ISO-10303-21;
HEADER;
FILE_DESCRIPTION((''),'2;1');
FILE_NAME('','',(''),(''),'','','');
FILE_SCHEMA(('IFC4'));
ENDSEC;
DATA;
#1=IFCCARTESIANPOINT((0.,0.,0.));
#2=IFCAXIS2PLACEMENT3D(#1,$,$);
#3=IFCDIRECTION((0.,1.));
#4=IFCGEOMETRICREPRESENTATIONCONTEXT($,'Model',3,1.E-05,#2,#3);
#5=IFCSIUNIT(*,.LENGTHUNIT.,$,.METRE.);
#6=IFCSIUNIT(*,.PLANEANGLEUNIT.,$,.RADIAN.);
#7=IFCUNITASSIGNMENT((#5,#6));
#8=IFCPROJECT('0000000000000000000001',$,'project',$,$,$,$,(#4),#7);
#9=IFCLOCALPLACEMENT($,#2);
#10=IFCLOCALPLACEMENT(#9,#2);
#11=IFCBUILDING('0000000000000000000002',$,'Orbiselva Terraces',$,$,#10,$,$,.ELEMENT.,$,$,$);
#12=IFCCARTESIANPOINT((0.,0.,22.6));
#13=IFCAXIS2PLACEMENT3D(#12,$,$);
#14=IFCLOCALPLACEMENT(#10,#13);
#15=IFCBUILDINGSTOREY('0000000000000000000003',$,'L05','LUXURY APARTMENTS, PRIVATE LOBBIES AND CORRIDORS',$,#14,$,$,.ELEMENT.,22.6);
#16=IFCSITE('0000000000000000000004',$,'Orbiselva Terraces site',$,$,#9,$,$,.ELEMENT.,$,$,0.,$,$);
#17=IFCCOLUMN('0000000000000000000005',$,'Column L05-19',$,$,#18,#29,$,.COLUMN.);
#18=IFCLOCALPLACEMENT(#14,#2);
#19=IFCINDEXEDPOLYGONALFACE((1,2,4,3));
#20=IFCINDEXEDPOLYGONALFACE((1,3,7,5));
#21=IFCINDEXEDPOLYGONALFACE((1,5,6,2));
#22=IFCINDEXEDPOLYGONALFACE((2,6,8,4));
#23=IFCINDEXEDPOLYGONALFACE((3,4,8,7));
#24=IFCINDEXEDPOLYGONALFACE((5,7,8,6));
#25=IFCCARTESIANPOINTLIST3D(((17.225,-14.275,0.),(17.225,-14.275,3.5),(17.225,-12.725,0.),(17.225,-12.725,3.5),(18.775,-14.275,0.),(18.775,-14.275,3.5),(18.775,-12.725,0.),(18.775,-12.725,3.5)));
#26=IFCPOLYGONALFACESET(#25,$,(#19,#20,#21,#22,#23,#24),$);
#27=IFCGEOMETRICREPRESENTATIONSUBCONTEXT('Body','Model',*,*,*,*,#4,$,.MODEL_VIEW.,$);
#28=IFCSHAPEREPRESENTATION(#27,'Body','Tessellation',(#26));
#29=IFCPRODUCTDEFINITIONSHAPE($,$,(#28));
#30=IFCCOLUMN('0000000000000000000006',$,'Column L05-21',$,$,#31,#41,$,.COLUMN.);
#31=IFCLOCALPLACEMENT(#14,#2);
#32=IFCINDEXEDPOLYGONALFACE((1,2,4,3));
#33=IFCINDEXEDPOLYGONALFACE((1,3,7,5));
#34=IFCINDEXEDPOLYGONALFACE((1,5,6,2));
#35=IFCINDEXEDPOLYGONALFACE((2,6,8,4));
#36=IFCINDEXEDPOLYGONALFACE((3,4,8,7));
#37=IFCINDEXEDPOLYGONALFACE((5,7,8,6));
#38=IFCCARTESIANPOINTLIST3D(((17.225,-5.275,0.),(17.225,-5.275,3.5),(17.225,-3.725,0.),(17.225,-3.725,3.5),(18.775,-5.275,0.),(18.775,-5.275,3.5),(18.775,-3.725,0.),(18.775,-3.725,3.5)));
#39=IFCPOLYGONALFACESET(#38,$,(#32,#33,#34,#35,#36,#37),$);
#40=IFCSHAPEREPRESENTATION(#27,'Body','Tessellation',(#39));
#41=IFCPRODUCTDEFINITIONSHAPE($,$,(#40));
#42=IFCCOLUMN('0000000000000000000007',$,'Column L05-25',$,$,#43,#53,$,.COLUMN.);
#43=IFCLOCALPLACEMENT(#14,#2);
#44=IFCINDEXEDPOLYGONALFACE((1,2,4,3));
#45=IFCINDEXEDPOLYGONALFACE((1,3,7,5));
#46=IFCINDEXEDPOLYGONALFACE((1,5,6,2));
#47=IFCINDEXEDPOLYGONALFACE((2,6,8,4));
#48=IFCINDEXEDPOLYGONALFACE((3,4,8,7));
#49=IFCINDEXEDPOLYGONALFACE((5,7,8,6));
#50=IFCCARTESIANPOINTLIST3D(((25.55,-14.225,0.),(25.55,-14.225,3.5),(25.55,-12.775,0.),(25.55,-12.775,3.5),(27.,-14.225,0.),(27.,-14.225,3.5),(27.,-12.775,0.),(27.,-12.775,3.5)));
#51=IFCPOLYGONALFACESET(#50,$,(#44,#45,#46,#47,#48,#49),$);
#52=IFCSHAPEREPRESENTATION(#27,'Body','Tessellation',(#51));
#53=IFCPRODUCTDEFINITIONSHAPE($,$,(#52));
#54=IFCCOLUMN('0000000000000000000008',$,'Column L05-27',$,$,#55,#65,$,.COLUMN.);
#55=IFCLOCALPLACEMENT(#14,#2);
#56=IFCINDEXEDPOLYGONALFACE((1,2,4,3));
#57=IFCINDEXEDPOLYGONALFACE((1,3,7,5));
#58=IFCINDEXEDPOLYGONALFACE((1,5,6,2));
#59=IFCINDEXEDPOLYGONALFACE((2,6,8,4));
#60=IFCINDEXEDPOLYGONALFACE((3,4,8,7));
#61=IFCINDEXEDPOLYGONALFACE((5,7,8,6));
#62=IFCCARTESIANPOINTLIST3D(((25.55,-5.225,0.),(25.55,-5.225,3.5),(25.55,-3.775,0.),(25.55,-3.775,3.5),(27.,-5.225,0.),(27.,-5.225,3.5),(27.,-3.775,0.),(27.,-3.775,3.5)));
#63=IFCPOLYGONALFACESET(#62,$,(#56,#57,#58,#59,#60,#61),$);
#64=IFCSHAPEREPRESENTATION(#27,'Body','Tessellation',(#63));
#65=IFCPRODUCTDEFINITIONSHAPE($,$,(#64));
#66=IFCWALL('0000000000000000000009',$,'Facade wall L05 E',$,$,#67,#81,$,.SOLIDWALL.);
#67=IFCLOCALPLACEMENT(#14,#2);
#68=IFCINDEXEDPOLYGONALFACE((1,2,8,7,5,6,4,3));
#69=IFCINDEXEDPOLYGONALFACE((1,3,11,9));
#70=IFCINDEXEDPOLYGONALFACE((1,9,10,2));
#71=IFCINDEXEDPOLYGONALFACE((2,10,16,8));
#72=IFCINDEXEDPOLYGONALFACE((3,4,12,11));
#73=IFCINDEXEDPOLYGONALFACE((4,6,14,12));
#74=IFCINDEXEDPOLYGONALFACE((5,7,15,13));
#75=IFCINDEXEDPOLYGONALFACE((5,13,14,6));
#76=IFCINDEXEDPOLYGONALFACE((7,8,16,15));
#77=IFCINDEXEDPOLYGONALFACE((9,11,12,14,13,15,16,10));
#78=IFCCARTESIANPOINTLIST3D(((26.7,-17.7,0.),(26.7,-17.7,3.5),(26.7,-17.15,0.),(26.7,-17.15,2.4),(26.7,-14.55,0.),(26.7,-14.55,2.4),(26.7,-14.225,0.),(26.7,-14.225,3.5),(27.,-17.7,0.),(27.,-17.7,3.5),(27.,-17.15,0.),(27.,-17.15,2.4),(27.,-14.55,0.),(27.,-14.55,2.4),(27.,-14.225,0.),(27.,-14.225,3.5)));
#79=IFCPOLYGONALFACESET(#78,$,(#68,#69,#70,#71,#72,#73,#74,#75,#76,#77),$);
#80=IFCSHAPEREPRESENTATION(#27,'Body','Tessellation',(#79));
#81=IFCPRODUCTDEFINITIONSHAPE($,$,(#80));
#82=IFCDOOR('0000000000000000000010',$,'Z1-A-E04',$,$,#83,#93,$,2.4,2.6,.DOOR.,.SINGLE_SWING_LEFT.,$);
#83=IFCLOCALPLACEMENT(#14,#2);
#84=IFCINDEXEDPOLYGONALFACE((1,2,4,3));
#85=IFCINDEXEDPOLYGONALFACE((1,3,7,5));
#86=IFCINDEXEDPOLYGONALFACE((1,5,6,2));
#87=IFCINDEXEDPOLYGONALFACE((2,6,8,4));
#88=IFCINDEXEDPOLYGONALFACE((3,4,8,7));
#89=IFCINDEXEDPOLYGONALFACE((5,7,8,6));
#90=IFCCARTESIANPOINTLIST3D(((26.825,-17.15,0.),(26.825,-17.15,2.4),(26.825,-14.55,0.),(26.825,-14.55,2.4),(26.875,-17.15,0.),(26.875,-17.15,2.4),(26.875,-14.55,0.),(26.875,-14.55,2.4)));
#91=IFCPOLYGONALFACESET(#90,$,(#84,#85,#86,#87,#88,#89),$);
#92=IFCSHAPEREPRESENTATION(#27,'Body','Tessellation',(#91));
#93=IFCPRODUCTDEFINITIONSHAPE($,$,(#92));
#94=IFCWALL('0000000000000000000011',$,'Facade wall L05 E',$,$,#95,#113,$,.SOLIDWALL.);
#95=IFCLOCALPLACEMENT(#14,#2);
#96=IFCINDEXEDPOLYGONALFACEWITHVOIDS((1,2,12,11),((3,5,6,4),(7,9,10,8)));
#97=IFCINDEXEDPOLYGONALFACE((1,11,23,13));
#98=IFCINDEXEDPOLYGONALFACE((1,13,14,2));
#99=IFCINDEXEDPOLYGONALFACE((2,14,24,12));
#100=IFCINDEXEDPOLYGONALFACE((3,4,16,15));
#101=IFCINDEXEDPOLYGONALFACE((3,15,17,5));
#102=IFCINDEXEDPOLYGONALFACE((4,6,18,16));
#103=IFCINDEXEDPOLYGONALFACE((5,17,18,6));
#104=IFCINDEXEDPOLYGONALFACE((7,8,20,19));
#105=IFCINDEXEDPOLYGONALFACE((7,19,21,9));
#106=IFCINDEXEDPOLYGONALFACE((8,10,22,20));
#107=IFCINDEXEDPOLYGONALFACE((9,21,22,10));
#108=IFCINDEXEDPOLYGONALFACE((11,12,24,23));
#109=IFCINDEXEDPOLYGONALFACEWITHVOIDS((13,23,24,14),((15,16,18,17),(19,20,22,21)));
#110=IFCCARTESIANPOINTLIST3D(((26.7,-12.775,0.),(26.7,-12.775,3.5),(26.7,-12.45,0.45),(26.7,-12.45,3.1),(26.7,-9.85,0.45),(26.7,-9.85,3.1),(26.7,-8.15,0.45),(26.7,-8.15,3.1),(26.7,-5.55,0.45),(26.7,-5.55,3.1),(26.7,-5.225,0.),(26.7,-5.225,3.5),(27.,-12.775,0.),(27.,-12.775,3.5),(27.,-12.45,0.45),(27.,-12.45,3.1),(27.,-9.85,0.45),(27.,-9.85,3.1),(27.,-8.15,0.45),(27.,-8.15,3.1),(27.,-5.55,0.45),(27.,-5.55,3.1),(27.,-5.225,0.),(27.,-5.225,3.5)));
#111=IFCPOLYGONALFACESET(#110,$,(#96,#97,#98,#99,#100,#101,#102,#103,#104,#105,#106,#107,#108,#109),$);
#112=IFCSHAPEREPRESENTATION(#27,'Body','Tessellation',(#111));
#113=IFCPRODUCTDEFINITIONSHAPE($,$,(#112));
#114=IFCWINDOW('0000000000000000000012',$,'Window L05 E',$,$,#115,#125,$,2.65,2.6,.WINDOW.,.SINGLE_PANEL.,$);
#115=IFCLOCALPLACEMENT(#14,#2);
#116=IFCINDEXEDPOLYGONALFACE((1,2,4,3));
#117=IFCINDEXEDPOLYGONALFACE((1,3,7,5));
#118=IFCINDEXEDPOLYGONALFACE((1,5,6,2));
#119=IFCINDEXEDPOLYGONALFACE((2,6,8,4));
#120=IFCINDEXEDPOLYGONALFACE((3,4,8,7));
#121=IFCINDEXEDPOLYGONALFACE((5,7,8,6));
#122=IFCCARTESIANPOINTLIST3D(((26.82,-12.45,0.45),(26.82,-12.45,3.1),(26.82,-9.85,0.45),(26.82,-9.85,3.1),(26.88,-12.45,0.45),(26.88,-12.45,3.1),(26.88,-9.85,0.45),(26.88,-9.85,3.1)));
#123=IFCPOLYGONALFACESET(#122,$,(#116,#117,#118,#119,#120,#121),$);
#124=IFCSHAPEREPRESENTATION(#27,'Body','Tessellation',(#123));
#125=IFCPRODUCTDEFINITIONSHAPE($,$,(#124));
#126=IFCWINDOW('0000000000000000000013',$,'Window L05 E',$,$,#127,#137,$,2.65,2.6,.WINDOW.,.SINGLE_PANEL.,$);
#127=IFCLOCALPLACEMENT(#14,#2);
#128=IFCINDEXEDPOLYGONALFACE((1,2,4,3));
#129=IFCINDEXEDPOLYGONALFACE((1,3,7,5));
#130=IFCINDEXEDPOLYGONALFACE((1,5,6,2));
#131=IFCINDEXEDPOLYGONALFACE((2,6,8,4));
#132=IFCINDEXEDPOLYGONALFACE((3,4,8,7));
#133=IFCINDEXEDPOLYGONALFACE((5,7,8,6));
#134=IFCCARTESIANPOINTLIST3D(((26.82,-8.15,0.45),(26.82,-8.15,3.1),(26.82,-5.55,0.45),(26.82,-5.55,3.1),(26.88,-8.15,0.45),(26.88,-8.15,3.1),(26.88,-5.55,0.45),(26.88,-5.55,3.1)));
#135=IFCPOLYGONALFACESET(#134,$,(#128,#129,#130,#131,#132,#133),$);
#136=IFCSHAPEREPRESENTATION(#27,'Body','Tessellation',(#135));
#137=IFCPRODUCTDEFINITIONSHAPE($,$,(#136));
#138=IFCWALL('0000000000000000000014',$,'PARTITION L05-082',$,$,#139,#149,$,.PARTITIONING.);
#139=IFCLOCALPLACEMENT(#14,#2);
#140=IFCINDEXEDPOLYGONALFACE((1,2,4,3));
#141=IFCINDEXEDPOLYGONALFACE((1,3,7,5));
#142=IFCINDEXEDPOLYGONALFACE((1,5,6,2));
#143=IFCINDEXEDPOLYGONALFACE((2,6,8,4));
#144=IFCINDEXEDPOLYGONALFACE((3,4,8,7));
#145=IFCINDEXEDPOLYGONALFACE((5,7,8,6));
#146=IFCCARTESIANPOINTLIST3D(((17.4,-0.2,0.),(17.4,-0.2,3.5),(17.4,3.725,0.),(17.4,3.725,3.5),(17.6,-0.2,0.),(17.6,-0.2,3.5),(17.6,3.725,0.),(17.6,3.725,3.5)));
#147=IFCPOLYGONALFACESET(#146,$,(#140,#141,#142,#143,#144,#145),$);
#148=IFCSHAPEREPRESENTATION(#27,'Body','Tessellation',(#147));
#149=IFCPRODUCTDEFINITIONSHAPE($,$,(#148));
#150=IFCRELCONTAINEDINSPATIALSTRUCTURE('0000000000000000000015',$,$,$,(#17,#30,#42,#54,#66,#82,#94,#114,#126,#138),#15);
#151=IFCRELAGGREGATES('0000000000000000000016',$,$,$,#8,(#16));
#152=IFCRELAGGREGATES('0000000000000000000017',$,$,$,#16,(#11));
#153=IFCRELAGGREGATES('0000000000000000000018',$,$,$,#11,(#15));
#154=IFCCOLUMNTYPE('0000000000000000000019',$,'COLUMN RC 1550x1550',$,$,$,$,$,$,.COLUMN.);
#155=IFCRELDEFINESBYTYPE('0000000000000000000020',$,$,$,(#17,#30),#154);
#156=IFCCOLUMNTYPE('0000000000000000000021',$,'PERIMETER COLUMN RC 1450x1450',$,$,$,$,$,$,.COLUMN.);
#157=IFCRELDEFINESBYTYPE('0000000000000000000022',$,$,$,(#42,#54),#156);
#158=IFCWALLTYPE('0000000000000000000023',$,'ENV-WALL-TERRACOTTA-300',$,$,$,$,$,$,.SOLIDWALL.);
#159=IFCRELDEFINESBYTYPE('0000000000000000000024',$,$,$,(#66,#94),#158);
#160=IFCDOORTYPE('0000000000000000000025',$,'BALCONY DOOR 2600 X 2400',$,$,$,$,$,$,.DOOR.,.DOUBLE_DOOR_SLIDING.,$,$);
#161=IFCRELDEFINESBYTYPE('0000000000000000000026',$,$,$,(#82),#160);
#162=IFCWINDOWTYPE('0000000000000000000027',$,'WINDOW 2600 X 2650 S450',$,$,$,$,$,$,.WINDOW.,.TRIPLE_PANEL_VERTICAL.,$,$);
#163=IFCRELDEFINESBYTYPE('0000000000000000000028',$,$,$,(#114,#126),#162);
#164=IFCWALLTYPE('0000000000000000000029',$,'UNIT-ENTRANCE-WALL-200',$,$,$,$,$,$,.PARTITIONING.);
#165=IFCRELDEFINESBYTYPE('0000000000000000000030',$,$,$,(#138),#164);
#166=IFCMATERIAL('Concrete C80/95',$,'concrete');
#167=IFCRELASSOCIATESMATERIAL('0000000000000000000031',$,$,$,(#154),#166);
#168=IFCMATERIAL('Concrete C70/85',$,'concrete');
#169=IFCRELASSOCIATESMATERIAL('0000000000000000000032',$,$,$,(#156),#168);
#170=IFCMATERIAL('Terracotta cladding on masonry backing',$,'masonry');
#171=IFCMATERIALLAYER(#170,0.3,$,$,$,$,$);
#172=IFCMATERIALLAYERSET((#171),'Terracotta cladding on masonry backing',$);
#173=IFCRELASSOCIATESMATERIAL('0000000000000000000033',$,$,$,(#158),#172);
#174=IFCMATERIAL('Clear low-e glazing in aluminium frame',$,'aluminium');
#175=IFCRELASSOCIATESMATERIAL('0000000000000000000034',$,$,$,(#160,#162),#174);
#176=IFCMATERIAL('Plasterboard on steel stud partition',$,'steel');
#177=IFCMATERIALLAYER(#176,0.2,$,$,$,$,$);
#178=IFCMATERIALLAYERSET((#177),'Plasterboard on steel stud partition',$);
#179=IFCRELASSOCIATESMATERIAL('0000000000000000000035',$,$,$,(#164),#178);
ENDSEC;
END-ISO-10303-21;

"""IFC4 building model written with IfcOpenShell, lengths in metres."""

from ifc_helpers import new_model, si_unit, direction, frame, frame_2d, origin, origin_2d, place, context, subcontext, project, spatial, rectangle, extrude, material, layer, layer_set, material_profile, profile_set, type_object, element, fill, save


model = new_model("IFC4")

# Units and contexts
model_context = context("Model", 3, precision=1e-05, world=origin(), true_north=direction((0.0, 1.0)))
body_context = subcontext(model_context, "Body", "Model", "MODEL_VIEW")
ifc_project = project(units=[si_unit("LENGTHUNIT", "METRE"), si_unit("PLANEANGLEUNIT", "RADIAN")], contexts=[model_context])

# Site, building, storey
site_placement = place(None, origin())
site = spatial("IfcSite", under=ifc_project, at=site_placement, Name="Orbiselva Terraces site", CompositionType="ELEMENT", RefElevation=0.0)
building_placement = place(site_placement, origin())
building = spatial("IfcBuilding", under=site, at=building_placement, Name="Orbiselva Terraces", CompositionType="ELEMENT")
storey_placement = place(building_placement, frame((0.0, 0.0, 22.6)))
storey = spatial("IfcBuildingStorey", under=building, at=storey_placement, Name="L05", Description="LUXURY APARTMENTS, PRIVATE LOBBIES AND CORRIDORS", CompositionType="ELEMENT", Elevation=22.6)

# Columns
ifc_material_1 = material(Name="Concrete C80/95", Category="concrete")
ifc_material_profile_1 = material_profile(ifc_material_1, rectangle(XDim=1.55, YDim=1.55, at=origin_2d()), Name="RC 1550x1550")
ifc_profile_set_1 = profile_set([ifc_material_profile_1], Name="Concrete C80/95")
column_type_1 = type_object("IfcColumnType", Name="COLUMN RC 1550x1550", PredefinedType="COLUMN", material=ifc_profile_set_1)
for number, where, z_axis, x_axis, name in (
    (1, (18.0, -13.5, 0.0), (0.0, 0.0, 1.0), (1.0, 0.0, 0.0), "Column L05-19"),
    (2, (18.0, -4.5, 0.0), (0.0, 0.0, 1.0), (1.0, 0.0, 0.0), "Column L05-21"),
):
    element("IfcColumn", number, at=place(storey_placement, frame(where, z_axis=z_axis, x_axis=x_axis)), inside=storey, type_object=column_type_1, Name=name, PredefinedType="COLUMN", context=body_context, shape_type="SweptSolid", body=[
        extrude(rectangle(XDim=1.55, YDim=1.55, at=origin_2d()), origin(), (0.0, 0.0, 1.0), 3.5),
    ])
ifc_material_2 = material(Name="Concrete C70/85", Category="concrete")
ifc_material_profile_2 = material_profile(ifc_material_2, rectangle(XDim=1.45, YDim=1.45, at=origin_2d()), Name="RC 1450x1450")
ifc_profile_set_2 = profile_set([ifc_material_profile_2], Name="Concrete C70/85")
column_type_2 = type_object("IfcColumnType", Name="PERIMETER COLUMN RC 1450x1450", PredefinedType="COLUMN", material=ifc_profile_set_2)
for number, where, z_axis, x_axis, name in (
    (3, (26.275, -13.5, 0.0), (0.0, 0.0, 1.0), (1.0, 0.0, 0.0), "Column L05-25"),
    (4, (26.275, -4.5, 0.0), (0.0, 0.0, 1.0), (1.0, 0.0, 0.0), "Column L05-27"),
):
    element("IfcColumn", number, at=place(storey_placement, frame(where, z_axis=z_axis, x_axis=x_axis)), inside=storey, type_object=column_type_2, Name=name, PredefinedType="COLUMN", context=body_context, shape_type="SweptSolid", body=[
        extrude(rectangle(XDim=1.45, YDim=1.45, at=origin_2d()), origin(), (0.0, 0.0, 1.0), 3.5),
    ])

# Wall, opening, door
ifc_material_3 = material(Name="Terracotta cladding on masonry backing", Category="masonry")
ifc_layer_1 = layer(ifc_material_3, 0.3)
ifc_layer_set_1 = layer_set([ifc_layer_1], Name="Terracotta cladding on masonry backing")
wall_type_1 = type_object("IfcWallType", Name="ENV-WALL-TERRACOTTA-300", PredefinedType="SOLIDWALL", material=ifc_layer_set_1)
wall_1_placement = place(storey_placement, frame((26.85, -14.225, 0.0), z_axis=(0.0, 0.0, 1.0), x_axis=(0.0, -1.0, 0.0)))
wall_1 = element("IfcWall", 5, at=wall_1_placement, inside=storey, type_object=wall_type_1, Name="Facade wall L05 E", PredefinedType="SOLIDWALL", context=body_context, shape_type="SweptSolid", body=[
    extrude(rectangle(XDim=3.475, YDim=0.3, at=frame_2d((1.7375, 0.0))), origin(), (0.0, 0.0, 1.0), 3.5),
])
opening_1_placement = place(wall_1_placement, frame((0.325, 0.0, 0.0)))
opening_1 = element("IfcOpeningElement", 6, at=opening_1_placement, cuts=wall_1, PredefinedType="OPENING", context=body_context, shape_type="SweptSolid", body=[
    extrude(rectangle(XDim=2.6, YDim=2.4, at=frame_2d((1.3, 1.2))), frame((0.0, 0.16, 0.0), z_axis=(0.0, -1.0, 0.0), x_axis=(1.0, 0.0, 0.0)), (0.0, 0.0, 1.0), 0.32),
])
ifc_material_4 = material(Name="Clear low-e glazing in aluminium frame", Category="aluminium")
door_type_1 = type_object("IfcDoorType", Name="BALCONY DOOR 2600 X 2400", OperationType="DOUBLE_DOOR_SLIDING", PredefinedType="DOOR", material=ifc_material_4)
door_1_placement = place(opening_1_placement, origin())
door_1 = element("IfcDoor", 7, at=door_1_placement, inside=storey, type_object=door_type_1, Name="Z1-A-E04", OperationType="SINGLE_SWING_LEFT", OverallHeight=2.4, OverallWidth=2.6, PredefinedType="DOOR", context=body_context, shape_type="SweptSolid", body=[
    extrude(rectangle(XDim=2.6, YDim=2.4, at=frame_2d((1.3, 1.2))), frame((0.0, 0.025, 0.0), z_axis=(0.0, -1.0, 0.0), x_axis=(1.0, 0.0, 0.0)), (0.0, 0.0, 1.0), 0.05),
])
fill(opening_1, door_1)

# Wall, openings, windows
wall_2_placement = place(storey_placement, frame((26.85, -5.225, 0.0), z_axis=(0.0, 0.0, 1.0), x_axis=(0.0, -1.0, 0.0)))
wall_2 = element("IfcWall", 8, at=wall_2_placement, inside=storey, type_object=wall_type_1, Name="Facade wall L05 E", PredefinedType="SOLIDWALL", context=body_context, shape_type="SweptSolid", body=[
    extrude(rectangle(XDim=7.55, YDim=0.3, at=frame_2d((3.775, 0.0))), origin(), (0.0, 0.0, 1.0), 3.5),
])
opening_2_placement = place(wall_2_placement, frame((4.625, 0.0, 0.45)))
opening_2 = element("IfcOpeningElement", 9, at=opening_2_placement, cuts=wall_2, PredefinedType="OPENING", context=body_context, shape_type="SweptSolid", body=[
    extrude(rectangle(XDim=2.6, YDim=2.65, at=frame_2d((1.3, 1.325))), frame((0.0, 0.16, 0.0), z_axis=(0.0, -1.0, 0.0), x_axis=(1.0, 0.0, 0.0)), (0.0, 0.0, 1.0), 0.32),
])
opening_3_placement = place(wall_2_placement, frame((0.325, 0.0, 0.45)))
opening_3 = element("IfcOpeningElement", 10, at=opening_3_placement, cuts=wall_2, PredefinedType="OPENING", context=body_context, shape_type="SweptSolid", body=[
    extrude(rectangle(XDim=2.6, YDim=2.65, at=frame_2d((1.3, 1.325))), frame((0.0, 0.16, 0.0), z_axis=(0.0, -1.0, 0.0), x_axis=(1.0, 0.0, 0.0)), (0.0, 0.0, 1.0), 0.32),
])
window_type = type_object("IfcWindowType", Name="WINDOW 2600 X 2650 S450", PartitioningType="TRIPLE_PANEL_VERTICAL", PredefinedType="WINDOW", material=ifc_material_4)
window_1_placement = place(opening_2_placement, origin())
window_1 = element("IfcWindow", 11, at=window_1_placement, inside=storey, type_object=window_type, Name="Window L05 E", OverallHeight=2.65, OverallWidth=2.6, PartitioningType="SINGLE_PANEL", PredefinedType="WINDOW", context=body_context, shape_type="SweptSolid", body=[
    extrude(rectangle(XDim=2.6, YDim=2.65, at=frame_2d((1.3, 1.325))), frame((0.0, 0.03, 0.0), z_axis=(0.0, -1.0, 0.0), x_axis=(1.0, 0.0, 0.0)), (0.0, 0.0, 1.0), 0.06),
])
fill(opening_2, window_1)
window_2_placement = place(opening_3_placement, origin())
window_2 = element("IfcWindow", 12, at=window_2_placement, inside=storey, type_object=window_type, Name="Window L05 E", OverallHeight=2.65, OverallWidth=2.6, PartitioningType="SINGLE_PANEL", PredefinedType="WINDOW", context=body_context, shape_type="SweptSolid", body=[
    extrude(rectangle(XDim=2.6, YDim=2.65, at=frame_2d((1.3, 1.325))), frame((0.0, 0.03, 0.0), z_axis=(0.0, -1.0, 0.0), x_axis=(1.0, 0.0, 0.0)), (0.0, 0.0, 1.0), 0.06),
])
fill(opening_3, window_2)

# Wall
ifc_material_5 = material(Name="Plasterboard on steel stud partition", Category="steel")
ifc_layer_2 = layer(ifc_material_5, 0.2)
ifc_layer_set_2 = layer_set([ifc_layer_2], Name="Plasterboard on steel stud partition")
wall_type_2 = type_object("IfcWallType", Name="UNIT-ENTRANCE-WALL-200", PredefinedType="PARTITIONING", material=ifc_layer_set_2)
wall_3_placement = place(storey_placement, frame((17.5, -0.2, 0.0), z_axis=(0.0, 0.0, 1.0), x_axis=(0.0, 1.0, 0.0)))
element("IfcWall", 13, at=wall_3_placement, inside=storey, type_object=wall_type_2, Name="PARTITION L05-082", PredefinedType="PARTITIONING", context=body_context, shape_type="SweptSolid", body=[
    extrude(rectangle(XDim=3.925, YDim=0.2, at=frame_2d((1.9625, 0.0))), origin(), (0.0, 0.0, 1.0), 3.5),
])

save(model, "model.ifc")
